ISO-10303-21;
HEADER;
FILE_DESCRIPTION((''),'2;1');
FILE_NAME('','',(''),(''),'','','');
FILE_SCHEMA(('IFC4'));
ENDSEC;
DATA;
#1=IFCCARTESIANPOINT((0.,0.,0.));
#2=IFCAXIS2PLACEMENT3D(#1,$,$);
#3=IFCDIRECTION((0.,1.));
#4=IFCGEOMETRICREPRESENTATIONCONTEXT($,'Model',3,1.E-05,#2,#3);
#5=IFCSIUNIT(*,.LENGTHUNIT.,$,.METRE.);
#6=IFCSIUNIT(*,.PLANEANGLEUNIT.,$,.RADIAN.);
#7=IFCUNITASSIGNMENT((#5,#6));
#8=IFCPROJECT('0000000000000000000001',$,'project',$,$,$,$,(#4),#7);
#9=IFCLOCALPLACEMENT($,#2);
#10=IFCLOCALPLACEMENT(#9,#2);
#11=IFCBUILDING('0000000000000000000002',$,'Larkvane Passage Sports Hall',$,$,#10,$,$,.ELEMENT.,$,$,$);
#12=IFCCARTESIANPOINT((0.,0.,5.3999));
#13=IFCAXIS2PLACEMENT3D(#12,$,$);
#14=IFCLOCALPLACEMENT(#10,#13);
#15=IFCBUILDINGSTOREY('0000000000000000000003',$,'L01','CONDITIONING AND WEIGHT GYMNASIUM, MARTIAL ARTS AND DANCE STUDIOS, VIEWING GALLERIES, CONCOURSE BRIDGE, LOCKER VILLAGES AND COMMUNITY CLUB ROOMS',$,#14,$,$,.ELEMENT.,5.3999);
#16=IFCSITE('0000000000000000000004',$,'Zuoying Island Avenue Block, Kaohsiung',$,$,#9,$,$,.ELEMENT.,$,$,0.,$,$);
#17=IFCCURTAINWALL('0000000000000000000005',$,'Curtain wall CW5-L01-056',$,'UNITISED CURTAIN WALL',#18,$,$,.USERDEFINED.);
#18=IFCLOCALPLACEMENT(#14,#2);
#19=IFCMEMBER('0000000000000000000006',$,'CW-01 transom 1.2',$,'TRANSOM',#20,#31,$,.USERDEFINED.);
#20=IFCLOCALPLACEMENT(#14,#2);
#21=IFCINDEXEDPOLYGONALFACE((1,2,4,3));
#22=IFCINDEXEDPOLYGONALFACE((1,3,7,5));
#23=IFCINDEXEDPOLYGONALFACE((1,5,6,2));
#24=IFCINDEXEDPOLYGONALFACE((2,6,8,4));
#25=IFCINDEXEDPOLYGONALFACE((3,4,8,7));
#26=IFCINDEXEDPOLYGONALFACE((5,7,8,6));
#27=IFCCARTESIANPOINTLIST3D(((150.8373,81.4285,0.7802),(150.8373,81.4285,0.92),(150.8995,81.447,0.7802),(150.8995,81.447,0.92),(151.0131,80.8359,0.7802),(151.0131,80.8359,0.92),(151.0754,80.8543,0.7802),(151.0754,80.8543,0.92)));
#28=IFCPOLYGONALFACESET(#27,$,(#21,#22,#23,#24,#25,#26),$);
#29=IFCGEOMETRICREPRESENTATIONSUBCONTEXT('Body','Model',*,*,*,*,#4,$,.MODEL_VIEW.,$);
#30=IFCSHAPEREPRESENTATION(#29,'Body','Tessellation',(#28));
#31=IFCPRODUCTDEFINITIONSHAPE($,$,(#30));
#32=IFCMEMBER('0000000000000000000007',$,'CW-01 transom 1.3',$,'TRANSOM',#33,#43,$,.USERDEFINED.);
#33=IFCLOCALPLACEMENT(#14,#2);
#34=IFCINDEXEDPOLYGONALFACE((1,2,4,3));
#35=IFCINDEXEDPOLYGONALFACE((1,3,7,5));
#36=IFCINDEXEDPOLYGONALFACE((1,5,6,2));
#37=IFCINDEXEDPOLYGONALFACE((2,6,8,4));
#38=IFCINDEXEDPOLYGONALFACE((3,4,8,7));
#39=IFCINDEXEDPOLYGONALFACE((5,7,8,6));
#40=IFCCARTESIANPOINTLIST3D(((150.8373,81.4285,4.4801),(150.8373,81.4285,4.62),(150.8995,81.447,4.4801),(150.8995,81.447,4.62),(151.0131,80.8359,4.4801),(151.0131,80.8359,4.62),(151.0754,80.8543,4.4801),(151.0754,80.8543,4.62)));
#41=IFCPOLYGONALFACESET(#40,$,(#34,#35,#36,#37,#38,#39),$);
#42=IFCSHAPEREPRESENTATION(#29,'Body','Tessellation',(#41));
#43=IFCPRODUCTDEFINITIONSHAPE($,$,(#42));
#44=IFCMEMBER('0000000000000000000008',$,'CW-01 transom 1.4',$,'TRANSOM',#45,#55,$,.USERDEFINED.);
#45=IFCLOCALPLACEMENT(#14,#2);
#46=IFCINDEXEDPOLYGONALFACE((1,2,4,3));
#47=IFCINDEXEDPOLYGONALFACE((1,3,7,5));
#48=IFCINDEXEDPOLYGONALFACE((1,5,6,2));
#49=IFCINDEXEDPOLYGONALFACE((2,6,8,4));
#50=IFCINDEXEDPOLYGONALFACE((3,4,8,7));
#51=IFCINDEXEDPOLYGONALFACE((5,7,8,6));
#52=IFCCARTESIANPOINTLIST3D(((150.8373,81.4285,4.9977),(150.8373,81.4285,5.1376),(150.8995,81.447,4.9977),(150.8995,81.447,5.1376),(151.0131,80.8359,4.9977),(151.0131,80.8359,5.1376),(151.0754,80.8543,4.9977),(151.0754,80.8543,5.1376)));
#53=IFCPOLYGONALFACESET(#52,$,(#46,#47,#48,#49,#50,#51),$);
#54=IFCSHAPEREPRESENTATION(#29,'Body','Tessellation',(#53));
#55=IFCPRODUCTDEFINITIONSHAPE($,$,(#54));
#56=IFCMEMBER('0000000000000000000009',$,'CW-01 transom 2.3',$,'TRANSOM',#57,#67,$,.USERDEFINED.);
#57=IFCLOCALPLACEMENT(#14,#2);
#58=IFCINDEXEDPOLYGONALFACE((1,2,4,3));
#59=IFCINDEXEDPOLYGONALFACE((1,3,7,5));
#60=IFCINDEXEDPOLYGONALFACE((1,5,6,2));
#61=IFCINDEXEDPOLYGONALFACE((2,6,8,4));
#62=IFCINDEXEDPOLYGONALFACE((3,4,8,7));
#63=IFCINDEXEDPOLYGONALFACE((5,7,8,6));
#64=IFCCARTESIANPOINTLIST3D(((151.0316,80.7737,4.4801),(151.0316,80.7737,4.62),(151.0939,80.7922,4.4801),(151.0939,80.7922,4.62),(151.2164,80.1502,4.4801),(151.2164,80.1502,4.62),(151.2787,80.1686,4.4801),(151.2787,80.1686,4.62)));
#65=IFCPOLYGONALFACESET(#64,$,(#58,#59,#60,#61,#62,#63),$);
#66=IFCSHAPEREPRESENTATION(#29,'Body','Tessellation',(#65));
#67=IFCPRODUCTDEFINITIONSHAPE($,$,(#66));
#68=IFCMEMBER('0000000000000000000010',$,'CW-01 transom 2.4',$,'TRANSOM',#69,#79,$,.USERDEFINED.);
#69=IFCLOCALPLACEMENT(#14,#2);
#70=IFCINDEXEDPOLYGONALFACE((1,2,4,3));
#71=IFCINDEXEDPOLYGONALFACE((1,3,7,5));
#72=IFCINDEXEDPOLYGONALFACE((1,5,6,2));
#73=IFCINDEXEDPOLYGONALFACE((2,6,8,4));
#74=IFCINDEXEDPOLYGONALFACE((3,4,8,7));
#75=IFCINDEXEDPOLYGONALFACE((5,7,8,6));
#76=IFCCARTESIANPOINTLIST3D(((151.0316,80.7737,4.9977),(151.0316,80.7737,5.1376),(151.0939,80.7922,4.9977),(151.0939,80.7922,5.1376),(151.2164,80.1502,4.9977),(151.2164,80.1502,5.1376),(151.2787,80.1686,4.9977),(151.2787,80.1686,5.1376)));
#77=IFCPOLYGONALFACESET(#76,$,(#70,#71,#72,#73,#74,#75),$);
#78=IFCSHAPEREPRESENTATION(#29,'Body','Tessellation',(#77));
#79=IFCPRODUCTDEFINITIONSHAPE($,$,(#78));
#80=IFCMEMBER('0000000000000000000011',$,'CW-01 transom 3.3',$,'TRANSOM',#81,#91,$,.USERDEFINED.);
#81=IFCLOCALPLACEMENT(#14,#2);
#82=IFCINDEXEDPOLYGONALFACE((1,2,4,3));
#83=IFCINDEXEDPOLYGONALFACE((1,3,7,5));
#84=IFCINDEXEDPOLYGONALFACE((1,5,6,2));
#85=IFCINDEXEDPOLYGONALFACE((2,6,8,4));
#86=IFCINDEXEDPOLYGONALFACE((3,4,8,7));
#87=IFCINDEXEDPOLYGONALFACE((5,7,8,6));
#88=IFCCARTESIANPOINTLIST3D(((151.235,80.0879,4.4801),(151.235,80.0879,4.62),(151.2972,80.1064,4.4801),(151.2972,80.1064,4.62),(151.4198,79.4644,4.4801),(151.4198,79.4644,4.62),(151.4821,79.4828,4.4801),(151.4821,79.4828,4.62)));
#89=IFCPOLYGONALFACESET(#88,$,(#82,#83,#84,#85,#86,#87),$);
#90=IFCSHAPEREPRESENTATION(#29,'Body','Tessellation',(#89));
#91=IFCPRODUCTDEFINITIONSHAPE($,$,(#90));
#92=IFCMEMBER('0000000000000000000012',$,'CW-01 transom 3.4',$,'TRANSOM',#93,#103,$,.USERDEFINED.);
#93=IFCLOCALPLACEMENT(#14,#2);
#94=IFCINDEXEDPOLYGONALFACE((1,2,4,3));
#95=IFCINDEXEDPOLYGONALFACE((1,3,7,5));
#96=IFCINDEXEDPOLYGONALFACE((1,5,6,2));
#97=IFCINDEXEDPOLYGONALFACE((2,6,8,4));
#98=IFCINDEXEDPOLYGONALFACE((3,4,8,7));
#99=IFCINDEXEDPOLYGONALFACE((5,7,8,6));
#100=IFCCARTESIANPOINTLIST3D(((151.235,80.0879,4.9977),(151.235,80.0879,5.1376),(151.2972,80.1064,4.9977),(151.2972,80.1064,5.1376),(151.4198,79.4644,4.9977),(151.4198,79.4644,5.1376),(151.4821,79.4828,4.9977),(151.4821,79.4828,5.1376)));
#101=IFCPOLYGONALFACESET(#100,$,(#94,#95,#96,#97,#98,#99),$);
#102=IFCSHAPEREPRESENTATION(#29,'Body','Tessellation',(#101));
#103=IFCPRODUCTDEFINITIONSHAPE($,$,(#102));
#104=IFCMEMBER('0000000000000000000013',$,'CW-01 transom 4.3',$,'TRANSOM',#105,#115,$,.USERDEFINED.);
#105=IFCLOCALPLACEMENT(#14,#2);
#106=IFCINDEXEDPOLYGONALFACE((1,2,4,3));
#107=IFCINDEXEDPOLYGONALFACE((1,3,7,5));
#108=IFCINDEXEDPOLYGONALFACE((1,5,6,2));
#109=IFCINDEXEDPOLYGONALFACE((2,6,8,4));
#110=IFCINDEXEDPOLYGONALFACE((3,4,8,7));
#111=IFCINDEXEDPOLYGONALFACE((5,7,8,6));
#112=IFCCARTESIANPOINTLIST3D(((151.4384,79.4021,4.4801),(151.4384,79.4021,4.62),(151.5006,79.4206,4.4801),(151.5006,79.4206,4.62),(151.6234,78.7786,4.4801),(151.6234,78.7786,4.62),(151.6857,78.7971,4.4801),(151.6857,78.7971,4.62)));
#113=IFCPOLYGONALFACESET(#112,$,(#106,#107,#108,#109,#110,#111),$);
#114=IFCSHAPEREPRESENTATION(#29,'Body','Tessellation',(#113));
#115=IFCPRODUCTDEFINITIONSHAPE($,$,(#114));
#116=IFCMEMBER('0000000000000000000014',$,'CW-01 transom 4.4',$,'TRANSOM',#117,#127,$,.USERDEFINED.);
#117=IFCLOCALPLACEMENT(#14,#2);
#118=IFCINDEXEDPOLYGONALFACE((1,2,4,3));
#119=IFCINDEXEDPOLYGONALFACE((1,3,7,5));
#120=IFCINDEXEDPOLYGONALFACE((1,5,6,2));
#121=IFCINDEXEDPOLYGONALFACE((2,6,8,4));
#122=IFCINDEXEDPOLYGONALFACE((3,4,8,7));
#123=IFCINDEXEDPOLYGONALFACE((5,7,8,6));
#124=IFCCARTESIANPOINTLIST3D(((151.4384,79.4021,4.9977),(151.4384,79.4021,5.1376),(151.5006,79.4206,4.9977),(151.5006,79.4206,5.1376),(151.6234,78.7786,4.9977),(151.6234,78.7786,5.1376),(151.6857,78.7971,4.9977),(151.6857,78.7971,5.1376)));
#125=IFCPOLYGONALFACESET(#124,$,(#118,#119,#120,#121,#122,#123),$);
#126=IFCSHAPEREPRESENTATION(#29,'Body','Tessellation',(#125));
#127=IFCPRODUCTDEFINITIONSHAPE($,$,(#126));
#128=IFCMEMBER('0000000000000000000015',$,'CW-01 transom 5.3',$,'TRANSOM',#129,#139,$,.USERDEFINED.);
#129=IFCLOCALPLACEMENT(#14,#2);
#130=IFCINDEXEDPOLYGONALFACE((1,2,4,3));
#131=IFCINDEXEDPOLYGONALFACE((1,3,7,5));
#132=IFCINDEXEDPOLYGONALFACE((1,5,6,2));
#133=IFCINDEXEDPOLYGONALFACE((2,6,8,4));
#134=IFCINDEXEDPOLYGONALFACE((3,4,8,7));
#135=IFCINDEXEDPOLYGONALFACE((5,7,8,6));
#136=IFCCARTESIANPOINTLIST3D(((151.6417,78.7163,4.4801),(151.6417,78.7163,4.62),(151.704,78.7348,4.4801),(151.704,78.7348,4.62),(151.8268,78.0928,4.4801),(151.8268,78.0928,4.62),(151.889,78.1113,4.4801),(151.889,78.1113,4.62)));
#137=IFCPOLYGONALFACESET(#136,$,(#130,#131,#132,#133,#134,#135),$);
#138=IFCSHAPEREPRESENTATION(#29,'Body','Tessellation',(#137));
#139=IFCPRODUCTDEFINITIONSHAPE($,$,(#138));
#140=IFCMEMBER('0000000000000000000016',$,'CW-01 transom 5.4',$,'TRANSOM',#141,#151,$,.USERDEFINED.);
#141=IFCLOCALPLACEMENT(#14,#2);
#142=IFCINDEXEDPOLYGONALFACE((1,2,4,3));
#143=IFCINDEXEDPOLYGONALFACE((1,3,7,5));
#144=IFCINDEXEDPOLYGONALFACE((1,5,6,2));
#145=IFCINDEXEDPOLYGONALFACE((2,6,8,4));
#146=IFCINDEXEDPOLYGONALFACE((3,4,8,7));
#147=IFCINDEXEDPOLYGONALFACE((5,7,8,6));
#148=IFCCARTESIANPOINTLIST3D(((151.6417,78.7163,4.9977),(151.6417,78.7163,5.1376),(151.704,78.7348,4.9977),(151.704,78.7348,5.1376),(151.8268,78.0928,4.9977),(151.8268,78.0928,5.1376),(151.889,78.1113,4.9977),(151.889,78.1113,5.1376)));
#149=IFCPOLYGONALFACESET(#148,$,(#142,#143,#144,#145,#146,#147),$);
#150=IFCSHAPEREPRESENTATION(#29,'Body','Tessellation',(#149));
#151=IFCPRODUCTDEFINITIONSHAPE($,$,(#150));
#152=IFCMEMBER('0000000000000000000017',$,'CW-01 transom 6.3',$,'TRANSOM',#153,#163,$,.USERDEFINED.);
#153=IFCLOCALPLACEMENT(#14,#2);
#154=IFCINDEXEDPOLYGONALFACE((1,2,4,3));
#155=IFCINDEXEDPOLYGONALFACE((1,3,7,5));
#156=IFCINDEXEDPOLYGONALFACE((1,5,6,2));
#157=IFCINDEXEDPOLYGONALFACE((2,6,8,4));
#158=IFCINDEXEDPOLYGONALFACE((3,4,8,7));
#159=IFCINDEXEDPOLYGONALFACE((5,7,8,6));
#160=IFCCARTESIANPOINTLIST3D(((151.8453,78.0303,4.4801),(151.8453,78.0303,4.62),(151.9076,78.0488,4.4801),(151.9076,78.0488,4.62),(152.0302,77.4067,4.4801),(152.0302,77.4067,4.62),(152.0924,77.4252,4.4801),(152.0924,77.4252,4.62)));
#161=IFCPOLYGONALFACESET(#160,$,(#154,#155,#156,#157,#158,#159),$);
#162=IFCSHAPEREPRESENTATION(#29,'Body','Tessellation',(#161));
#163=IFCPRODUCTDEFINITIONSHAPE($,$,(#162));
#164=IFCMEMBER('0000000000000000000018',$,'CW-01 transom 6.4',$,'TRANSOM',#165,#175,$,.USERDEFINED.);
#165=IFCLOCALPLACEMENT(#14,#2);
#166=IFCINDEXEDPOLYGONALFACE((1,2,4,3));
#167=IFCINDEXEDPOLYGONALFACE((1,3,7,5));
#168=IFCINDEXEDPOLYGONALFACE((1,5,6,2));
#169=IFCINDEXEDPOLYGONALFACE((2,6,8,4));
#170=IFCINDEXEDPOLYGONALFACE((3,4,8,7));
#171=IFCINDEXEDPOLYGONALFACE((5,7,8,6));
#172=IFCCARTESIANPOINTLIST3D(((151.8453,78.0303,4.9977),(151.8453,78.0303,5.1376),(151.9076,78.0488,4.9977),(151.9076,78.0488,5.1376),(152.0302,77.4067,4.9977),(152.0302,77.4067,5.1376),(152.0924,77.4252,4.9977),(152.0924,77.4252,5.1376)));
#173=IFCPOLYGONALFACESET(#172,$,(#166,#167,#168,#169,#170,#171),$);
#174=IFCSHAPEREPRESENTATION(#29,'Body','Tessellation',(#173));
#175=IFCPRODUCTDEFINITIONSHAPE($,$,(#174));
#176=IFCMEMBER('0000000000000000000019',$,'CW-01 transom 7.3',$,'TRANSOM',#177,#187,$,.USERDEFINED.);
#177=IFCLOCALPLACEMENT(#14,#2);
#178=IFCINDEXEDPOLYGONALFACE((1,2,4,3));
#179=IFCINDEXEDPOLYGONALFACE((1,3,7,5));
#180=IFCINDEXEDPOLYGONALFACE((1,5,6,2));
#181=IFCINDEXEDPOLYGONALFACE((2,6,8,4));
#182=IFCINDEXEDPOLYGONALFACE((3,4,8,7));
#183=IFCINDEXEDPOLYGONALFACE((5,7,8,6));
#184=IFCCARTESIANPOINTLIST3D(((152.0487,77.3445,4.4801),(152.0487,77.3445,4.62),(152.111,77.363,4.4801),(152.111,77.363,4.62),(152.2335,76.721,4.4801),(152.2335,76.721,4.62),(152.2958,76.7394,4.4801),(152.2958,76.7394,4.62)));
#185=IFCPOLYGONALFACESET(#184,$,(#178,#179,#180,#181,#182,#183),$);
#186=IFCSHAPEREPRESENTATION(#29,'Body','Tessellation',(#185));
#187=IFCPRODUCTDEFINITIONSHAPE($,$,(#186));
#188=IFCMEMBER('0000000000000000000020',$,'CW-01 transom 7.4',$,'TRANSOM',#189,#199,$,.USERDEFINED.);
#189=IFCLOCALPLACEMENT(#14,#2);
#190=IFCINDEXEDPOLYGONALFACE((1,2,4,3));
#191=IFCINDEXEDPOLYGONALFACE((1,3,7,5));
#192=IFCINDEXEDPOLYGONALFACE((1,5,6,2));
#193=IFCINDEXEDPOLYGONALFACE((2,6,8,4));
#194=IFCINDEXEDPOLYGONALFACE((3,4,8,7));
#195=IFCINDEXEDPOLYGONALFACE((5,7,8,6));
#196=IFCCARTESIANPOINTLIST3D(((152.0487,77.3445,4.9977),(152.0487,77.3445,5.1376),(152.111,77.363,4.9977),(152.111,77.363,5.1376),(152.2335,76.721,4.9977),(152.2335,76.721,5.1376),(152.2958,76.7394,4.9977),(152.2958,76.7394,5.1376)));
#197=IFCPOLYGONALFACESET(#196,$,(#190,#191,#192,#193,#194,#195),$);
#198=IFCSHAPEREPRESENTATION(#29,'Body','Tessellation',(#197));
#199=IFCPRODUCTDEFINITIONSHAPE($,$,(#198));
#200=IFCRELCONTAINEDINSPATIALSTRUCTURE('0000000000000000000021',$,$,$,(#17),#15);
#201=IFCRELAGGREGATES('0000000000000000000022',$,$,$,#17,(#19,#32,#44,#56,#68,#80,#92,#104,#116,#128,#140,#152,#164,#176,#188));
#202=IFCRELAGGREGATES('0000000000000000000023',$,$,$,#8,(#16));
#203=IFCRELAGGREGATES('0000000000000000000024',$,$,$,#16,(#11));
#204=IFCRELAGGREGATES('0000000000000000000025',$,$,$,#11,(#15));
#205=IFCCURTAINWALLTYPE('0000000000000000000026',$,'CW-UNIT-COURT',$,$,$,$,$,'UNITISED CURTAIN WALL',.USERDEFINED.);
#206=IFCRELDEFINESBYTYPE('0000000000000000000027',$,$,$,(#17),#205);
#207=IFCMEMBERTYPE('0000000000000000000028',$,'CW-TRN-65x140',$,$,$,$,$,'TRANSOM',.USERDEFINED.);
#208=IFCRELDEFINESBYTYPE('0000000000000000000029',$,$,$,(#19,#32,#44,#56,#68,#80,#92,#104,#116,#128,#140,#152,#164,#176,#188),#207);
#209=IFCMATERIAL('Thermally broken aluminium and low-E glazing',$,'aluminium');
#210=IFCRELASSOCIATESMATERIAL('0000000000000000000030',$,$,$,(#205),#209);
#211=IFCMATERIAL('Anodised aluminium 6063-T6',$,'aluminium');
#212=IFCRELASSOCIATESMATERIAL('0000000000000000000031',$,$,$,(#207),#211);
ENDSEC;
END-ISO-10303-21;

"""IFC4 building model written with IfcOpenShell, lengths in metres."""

from ifc_helpers import new_model, si_unit, direction, frame, origin, origin_2d, place, context, subcontext, project, spatial, rectangle, extrude, material, material_profile, profile_set, type_object, element, aggregate, save


model = new_model("IFC4")

# Units and contexts
model_context = context("Model", 3, precision=1e-05, world=origin(), true_north=direction((0.0, 1.0)))
body_context = subcontext(model_context, "Body", "Model", "MODEL_VIEW")
ifc_project = project(units=[si_unit("LENGTHUNIT", "METRE"), si_unit("PLANEANGLEUNIT", "RADIAN")], contexts=[model_context])

# Site, building, storey
site_placement = place(None, origin())
site = spatial("IfcSite", under=ifc_project, at=site_placement, Name="Zuoying Island Avenue Block, Kaohsiung", CompositionType="ELEMENT", RefElevation=0.0)
building_placement = place(site_placement, origin())
building = spatial("IfcBuilding", under=site, at=building_placement, Name="Larkvane Passage Sports Hall", CompositionType="ELEMENT")
storey_placement = place(building_placement, frame((0.0, 0.0, 5.3999)))
storey = spatial("IfcBuildingStorey", under=building, at=storey_placement, Name="L01", Description="CONDITIONING AND WEIGHT GYMNASIUM, MARTIAL ARTS AND DANCE STUDIOS, VIEWING GALLERIES, CONCOURSE BRIDGE, LOCKER VILLAGES AND COMMUNITY CLUB ROOMS", CompositionType="ELEMENT", Elevation=5.3999)

# Curtain wall, members
ifc_material_1 = material(Name="Thermally broken aluminium and low-E glazing", Category="aluminium")
curtain_wall_type = type_object("IfcCurtainWallType", Name="CW-UNIT-COURT", ElementType="UNITISED CURTAIN WALL", PredefinedType="USERDEFINED", material=ifc_material_1)
curtain_wall_placement = place(storey_placement, origin())
curtain_wall = element("IfcCurtainWall", 1, at=curtain_wall_placement, inside=storey, type_object=curtain_wall_type, Name="Curtain wall CW5-L01-056", ObjectType="UNITISED CURTAIN WALL", PredefinedType="USERDEFINED")
ifc_material_2 = material(Name="Anodised aluminium 6063-T6", Category="aluminium")
ifc_material_profile = material_profile(ifc_material_2, rectangle(XDim=0.0649, YDim=0.1399, at=origin_2d()), Name="ALU-TRN-65x140")
ifc_profile_set = profile_set([ifc_material_profile], Name="Anodised aluminium 6063-T6")
member_type = type_object("IfcMemberType", Name="CW-TRN-65x140", ElementType="TRANSOM", PredefinedType="USERDEFINED", material=ifc_profile_set)
member_1_placement = place(storey_placement, frame((150.8684, 81.4377, 0.8501), z_axis=(0.284411, -0.958702, 0.0), x_axis=(0.958702, 0.284411, 0.0)))
member_1 = element("IfcMember", 2, at=member_1_placement, type_object=member_type, Name="CW-01 transom 1.2", ObjectType="TRANSOM", PredefinedType="USERDEFINED", context=body_context, shape_type="SweptSolid", body=[
    extrude(rectangle(XDim=0.0649, YDim=0.1399, at=origin_2d()), origin(), (0.0, 0.0, 1.0), 0.6182),
])
member_2_placement = place(storey_placement, frame((150.8684, 81.4377, 4.55), z_axis=(0.284411, -0.958702, 0.0), x_axis=(0.958702, 0.284411, 0.0)))
member_2 = element("IfcMember", 3, at=member_2_placement, type_object=member_type, Name="CW-01 transom 1.3", ObjectType="TRANSOM", PredefinedType="USERDEFINED", context=body_context, shape_type="SweptSolid", body=[
    extrude(rectangle(XDim=0.0649, YDim=0.1399, at=origin_2d()), origin(), (0.0, 0.0, 1.0), 0.6182),
])
member_3_placement = place(storey_placement, frame((150.8684, 81.4377, 5.0676), z_axis=(0.284411, -0.958702, 0.0), x_axis=(0.958702, 0.284411, 0.0)))
member_3 = element("IfcMember", 4, at=member_3_placement, type_object=member_type, Name="CW-01 transom 1.4", ObjectType="TRANSOM", PredefinedType="USERDEFINED", context=body_context, shape_type="SweptSolid", body=[
    extrude(rectangle(XDim=0.0649, YDim=0.1399, at=origin_2d()), origin(), (0.0, 0.0, 1.0), 0.6182),
])
member_4_placement = place(storey_placement, frame((151.0627, 80.783, 4.55), z_axis=(0.284178, -0.958772, 0.0), x_axis=(0.958772, 0.284178, 0.0)))
member_4 = element("IfcMember", 5, at=member_4_placement, type_object=member_type, Name="CW-01 transom 2.3", ObjectType="TRANSOM", PredefinedType="USERDEFINED", context=body_context, shape_type="SweptSolid", body=[
    extrude(rectangle(XDim=0.0649, YDim=0.1399, at=origin_2d()), origin(), (0.0, 0.0, 1.0), 0.6504),
])
member_5_placement = place(storey_placement, frame((151.0627, 80.783, 5.0676), z_axis=(0.284178, -0.958772, 0.0), x_axis=(0.958772, 0.284178, 0.0)))
member_5 = element("IfcMember", 6, at=member_5_placement, type_object=member_type, Name="CW-01 transom 2.4", ObjectType="TRANSOM", PredefinedType="USERDEFINED", context=body_context, shape_type="SweptSolid", body=[
    extrude(rectangle(XDim=0.0649, YDim=0.1399, at=origin_2d()), origin(), (0.0, 0.0, 1.0), 0.6504),
])
member_6_placement = place(storey_placement, frame((151.2661, 80.0972, 4.55), z_axis=(0.284178, -0.958772, 0.0), x_axis=(0.958772, 0.284178, 0.0)))
member_6 = element("IfcMember", 7, at=member_6_placement, type_object=member_type, Name="CW-01 transom 3.3", ObjectType="TRANSOM", PredefinedType="USERDEFINED", context=body_context, shape_type="SweptSolid", body=[
    extrude(rectangle(XDim=0.0649, YDim=0.1399, at=origin_2d()), origin(), (0.0, 0.0, 1.0), 0.6504),
])
member_7_placement = place(storey_placement, frame((151.2661, 80.0972, 5.0676), z_axis=(0.284178, -0.958772, 0.0), x_axis=(0.958772, 0.284178, 0.0)))
member_7 = element("IfcMember", 8, at=member_7_placement, type_object=member_type, Name="CW-01 transom 3.4", ObjectType="TRANSOM", PredefinedType="USERDEFINED", context=body_context, shape_type="SweptSolid", body=[
    extrude(rectangle(XDim=0.0649, YDim=0.1399, at=origin_2d()), origin(), (0.0, 0.0, 1.0), 0.6504),
])
member_8_placement = place(storey_placement, frame((151.4695, 79.4114, 4.55), z_axis=(0.284523, -0.958669, 0.0), x_axis=(0.958669, 0.284523, 0.0)))
member_8 = element("IfcMember", 9, at=member_8_placement, type_object=member_type, Name="CW-01 transom 4.3", ObjectType="TRANSOM", PredefinedType="USERDEFINED", context=body_context, shape_type="SweptSolid", body=[
    extrude(rectangle(XDim=0.0649, YDim=0.1399, at=origin_2d()), origin(), (0.0, 0.0, 1.0), 0.6504),
])
member_9_placement = place(storey_placement, frame((151.4695, 79.4114, 5.0676), z_axis=(0.284523, -0.958669, 0.0), x_axis=(0.958669, 0.284523, 0.0)))
member_9 = element("IfcMember", 10, at=member_9_placement, type_object=member_type, Name="CW-01 transom 4.4", ObjectType="TRANSOM", PredefinedType="USERDEFINED", context=body_context, shape_type="SweptSolid", body=[
    extrude(rectangle(XDim=0.0649, YDim=0.1399, at=origin_2d()), origin(), (0.0, 0.0, 1.0), 0.6504),
])
member_10_placement = place(storey_placement, frame((151.6729, 78.7256, 4.55), z_axis=(0.284523, -0.958669, 0.0), x_axis=(0.958669, 0.284523, 0.0)))
member_10 = element("IfcMember", 11, at=member_10_placement, type_object=member_type, Name="CW-01 transom 5.3", ObjectType="TRANSOM", PredefinedType="USERDEFINED", context=body_context, shape_type="SweptSolid", body=[
    extrude(rectangle(XDim=0.0649, YDim=0.1399, at=origin_2d()), origin(), (0.0, 0.0, 1.0), 0.6504),
])
member_11_placement = place(storey_placement, frame((151.6729, 78.7256, 5.0676), z_axis=(0.284523, -0.958669, 0.0), x_axis=(0.958669, 0.284523, 0.0)))
member_11 = element("IfcMember", 12, at=member_11_placement, type_object=member_type, Name="CW-01 transom 5.4", ObjectType="TRANSOM", PredefinedType="USERDEFINED", context=body_context, shape_type="SweptSolid", body=[
    extrude(rectangle(XDim=0.0649, YDim=0.1399, at=origin_2d()), origin(), (0.0, 0.0, 1.0), 0.6504),
])
member_12_placement = place(storey_placement, frame((151.8765, 78.0396, 4.55), z_axis=(0.284178, -0.958772, 0.0), x_axis=(0.958772, 0.284178, 0.0)))
member_12 = element("IfcMember", 13, at=member_12_placement, type_object=member_type, Name="CW-01 transom 6.3", ObjectType="TRANSOM", PredefinedType="USERDEFINED", context=body_context, shape_type="SweptSolid", body=[
    extrude(rectangle(XDim=0.0649, YDim=0.1399, at=origin_2d()), origin(), (0.0, 0.0, 1.0), 0.6504),
])
member_13_placement = place(storey_placement, frame((151.8765, 78.0396, 5.0676), z_axis=(0.284178, -0.958772, 0.0), x_axis=(0.958772, 0.284178, 0.0)))
member_13 = element("IfcMember", 14, at=member_13_placement, type_object=member_type, Name="CW-01 transom 6.4", ObjectType="TRANSOM", PredefinedType="USERDEFINED", context=body_context, shape_type="SweptSolid", body=[
    extrude(rectangle(XDim=0.0649, YDim=0.1399, at=origin_2d()), origin(), (0.0, 0.0, 1.0), 0.6504),
])
member_14_placement = place(storey_placement, frame((152.0798, 77.3538, 4.55), z_axis=(0.284178, -0.958772, 0.0), x_axis=(0.958772, 0.284178, 0.0)))
member_14 = element("IfcMember", 15, at=member_14_placement, type_object=member_type, Name="CW-01 transom 7.3", ObjectType="TRANSOM", PredefinedType="USERDEFINED", context=body_context, shape_type="SweptSolid", body=[
    extrude(rectangle(XDim=0.0649, YDim=0.1399, at=origin_2d()), origin(), (0.0, 0.0, 1.0), 0.6504),
])
member_15_placement = place(storey_placement, frame((152.0798, 77.3538, 5.0676), z_axis=(0.284178, -0.958772, 0.0), x_axis=(0.958772, 0.284178, 0.0)))
member_15 = element("IfcMember", 16, at=member_15_placement, type_object=member_type, Name="CW-01 transom 7.4", ObjectType="TRANSOM", PredefinedType="USERDEFINED", context=body_context, shape_type="SweptSolid", body=[
    extrude(rectangle(XDim=0.0649, YDim=0.1399, at=origin_2d()), origin(), (0.0, 0.0, 1.0), 0.6504),
])
aggregate(curtain_wall, [member_1, member_2, member_3, member_4, member_5, member_6, member_7, member_8, member_9, member_10, member_11, member_12, member_13, member_14, member_15])

save(model, "model.ifc")
